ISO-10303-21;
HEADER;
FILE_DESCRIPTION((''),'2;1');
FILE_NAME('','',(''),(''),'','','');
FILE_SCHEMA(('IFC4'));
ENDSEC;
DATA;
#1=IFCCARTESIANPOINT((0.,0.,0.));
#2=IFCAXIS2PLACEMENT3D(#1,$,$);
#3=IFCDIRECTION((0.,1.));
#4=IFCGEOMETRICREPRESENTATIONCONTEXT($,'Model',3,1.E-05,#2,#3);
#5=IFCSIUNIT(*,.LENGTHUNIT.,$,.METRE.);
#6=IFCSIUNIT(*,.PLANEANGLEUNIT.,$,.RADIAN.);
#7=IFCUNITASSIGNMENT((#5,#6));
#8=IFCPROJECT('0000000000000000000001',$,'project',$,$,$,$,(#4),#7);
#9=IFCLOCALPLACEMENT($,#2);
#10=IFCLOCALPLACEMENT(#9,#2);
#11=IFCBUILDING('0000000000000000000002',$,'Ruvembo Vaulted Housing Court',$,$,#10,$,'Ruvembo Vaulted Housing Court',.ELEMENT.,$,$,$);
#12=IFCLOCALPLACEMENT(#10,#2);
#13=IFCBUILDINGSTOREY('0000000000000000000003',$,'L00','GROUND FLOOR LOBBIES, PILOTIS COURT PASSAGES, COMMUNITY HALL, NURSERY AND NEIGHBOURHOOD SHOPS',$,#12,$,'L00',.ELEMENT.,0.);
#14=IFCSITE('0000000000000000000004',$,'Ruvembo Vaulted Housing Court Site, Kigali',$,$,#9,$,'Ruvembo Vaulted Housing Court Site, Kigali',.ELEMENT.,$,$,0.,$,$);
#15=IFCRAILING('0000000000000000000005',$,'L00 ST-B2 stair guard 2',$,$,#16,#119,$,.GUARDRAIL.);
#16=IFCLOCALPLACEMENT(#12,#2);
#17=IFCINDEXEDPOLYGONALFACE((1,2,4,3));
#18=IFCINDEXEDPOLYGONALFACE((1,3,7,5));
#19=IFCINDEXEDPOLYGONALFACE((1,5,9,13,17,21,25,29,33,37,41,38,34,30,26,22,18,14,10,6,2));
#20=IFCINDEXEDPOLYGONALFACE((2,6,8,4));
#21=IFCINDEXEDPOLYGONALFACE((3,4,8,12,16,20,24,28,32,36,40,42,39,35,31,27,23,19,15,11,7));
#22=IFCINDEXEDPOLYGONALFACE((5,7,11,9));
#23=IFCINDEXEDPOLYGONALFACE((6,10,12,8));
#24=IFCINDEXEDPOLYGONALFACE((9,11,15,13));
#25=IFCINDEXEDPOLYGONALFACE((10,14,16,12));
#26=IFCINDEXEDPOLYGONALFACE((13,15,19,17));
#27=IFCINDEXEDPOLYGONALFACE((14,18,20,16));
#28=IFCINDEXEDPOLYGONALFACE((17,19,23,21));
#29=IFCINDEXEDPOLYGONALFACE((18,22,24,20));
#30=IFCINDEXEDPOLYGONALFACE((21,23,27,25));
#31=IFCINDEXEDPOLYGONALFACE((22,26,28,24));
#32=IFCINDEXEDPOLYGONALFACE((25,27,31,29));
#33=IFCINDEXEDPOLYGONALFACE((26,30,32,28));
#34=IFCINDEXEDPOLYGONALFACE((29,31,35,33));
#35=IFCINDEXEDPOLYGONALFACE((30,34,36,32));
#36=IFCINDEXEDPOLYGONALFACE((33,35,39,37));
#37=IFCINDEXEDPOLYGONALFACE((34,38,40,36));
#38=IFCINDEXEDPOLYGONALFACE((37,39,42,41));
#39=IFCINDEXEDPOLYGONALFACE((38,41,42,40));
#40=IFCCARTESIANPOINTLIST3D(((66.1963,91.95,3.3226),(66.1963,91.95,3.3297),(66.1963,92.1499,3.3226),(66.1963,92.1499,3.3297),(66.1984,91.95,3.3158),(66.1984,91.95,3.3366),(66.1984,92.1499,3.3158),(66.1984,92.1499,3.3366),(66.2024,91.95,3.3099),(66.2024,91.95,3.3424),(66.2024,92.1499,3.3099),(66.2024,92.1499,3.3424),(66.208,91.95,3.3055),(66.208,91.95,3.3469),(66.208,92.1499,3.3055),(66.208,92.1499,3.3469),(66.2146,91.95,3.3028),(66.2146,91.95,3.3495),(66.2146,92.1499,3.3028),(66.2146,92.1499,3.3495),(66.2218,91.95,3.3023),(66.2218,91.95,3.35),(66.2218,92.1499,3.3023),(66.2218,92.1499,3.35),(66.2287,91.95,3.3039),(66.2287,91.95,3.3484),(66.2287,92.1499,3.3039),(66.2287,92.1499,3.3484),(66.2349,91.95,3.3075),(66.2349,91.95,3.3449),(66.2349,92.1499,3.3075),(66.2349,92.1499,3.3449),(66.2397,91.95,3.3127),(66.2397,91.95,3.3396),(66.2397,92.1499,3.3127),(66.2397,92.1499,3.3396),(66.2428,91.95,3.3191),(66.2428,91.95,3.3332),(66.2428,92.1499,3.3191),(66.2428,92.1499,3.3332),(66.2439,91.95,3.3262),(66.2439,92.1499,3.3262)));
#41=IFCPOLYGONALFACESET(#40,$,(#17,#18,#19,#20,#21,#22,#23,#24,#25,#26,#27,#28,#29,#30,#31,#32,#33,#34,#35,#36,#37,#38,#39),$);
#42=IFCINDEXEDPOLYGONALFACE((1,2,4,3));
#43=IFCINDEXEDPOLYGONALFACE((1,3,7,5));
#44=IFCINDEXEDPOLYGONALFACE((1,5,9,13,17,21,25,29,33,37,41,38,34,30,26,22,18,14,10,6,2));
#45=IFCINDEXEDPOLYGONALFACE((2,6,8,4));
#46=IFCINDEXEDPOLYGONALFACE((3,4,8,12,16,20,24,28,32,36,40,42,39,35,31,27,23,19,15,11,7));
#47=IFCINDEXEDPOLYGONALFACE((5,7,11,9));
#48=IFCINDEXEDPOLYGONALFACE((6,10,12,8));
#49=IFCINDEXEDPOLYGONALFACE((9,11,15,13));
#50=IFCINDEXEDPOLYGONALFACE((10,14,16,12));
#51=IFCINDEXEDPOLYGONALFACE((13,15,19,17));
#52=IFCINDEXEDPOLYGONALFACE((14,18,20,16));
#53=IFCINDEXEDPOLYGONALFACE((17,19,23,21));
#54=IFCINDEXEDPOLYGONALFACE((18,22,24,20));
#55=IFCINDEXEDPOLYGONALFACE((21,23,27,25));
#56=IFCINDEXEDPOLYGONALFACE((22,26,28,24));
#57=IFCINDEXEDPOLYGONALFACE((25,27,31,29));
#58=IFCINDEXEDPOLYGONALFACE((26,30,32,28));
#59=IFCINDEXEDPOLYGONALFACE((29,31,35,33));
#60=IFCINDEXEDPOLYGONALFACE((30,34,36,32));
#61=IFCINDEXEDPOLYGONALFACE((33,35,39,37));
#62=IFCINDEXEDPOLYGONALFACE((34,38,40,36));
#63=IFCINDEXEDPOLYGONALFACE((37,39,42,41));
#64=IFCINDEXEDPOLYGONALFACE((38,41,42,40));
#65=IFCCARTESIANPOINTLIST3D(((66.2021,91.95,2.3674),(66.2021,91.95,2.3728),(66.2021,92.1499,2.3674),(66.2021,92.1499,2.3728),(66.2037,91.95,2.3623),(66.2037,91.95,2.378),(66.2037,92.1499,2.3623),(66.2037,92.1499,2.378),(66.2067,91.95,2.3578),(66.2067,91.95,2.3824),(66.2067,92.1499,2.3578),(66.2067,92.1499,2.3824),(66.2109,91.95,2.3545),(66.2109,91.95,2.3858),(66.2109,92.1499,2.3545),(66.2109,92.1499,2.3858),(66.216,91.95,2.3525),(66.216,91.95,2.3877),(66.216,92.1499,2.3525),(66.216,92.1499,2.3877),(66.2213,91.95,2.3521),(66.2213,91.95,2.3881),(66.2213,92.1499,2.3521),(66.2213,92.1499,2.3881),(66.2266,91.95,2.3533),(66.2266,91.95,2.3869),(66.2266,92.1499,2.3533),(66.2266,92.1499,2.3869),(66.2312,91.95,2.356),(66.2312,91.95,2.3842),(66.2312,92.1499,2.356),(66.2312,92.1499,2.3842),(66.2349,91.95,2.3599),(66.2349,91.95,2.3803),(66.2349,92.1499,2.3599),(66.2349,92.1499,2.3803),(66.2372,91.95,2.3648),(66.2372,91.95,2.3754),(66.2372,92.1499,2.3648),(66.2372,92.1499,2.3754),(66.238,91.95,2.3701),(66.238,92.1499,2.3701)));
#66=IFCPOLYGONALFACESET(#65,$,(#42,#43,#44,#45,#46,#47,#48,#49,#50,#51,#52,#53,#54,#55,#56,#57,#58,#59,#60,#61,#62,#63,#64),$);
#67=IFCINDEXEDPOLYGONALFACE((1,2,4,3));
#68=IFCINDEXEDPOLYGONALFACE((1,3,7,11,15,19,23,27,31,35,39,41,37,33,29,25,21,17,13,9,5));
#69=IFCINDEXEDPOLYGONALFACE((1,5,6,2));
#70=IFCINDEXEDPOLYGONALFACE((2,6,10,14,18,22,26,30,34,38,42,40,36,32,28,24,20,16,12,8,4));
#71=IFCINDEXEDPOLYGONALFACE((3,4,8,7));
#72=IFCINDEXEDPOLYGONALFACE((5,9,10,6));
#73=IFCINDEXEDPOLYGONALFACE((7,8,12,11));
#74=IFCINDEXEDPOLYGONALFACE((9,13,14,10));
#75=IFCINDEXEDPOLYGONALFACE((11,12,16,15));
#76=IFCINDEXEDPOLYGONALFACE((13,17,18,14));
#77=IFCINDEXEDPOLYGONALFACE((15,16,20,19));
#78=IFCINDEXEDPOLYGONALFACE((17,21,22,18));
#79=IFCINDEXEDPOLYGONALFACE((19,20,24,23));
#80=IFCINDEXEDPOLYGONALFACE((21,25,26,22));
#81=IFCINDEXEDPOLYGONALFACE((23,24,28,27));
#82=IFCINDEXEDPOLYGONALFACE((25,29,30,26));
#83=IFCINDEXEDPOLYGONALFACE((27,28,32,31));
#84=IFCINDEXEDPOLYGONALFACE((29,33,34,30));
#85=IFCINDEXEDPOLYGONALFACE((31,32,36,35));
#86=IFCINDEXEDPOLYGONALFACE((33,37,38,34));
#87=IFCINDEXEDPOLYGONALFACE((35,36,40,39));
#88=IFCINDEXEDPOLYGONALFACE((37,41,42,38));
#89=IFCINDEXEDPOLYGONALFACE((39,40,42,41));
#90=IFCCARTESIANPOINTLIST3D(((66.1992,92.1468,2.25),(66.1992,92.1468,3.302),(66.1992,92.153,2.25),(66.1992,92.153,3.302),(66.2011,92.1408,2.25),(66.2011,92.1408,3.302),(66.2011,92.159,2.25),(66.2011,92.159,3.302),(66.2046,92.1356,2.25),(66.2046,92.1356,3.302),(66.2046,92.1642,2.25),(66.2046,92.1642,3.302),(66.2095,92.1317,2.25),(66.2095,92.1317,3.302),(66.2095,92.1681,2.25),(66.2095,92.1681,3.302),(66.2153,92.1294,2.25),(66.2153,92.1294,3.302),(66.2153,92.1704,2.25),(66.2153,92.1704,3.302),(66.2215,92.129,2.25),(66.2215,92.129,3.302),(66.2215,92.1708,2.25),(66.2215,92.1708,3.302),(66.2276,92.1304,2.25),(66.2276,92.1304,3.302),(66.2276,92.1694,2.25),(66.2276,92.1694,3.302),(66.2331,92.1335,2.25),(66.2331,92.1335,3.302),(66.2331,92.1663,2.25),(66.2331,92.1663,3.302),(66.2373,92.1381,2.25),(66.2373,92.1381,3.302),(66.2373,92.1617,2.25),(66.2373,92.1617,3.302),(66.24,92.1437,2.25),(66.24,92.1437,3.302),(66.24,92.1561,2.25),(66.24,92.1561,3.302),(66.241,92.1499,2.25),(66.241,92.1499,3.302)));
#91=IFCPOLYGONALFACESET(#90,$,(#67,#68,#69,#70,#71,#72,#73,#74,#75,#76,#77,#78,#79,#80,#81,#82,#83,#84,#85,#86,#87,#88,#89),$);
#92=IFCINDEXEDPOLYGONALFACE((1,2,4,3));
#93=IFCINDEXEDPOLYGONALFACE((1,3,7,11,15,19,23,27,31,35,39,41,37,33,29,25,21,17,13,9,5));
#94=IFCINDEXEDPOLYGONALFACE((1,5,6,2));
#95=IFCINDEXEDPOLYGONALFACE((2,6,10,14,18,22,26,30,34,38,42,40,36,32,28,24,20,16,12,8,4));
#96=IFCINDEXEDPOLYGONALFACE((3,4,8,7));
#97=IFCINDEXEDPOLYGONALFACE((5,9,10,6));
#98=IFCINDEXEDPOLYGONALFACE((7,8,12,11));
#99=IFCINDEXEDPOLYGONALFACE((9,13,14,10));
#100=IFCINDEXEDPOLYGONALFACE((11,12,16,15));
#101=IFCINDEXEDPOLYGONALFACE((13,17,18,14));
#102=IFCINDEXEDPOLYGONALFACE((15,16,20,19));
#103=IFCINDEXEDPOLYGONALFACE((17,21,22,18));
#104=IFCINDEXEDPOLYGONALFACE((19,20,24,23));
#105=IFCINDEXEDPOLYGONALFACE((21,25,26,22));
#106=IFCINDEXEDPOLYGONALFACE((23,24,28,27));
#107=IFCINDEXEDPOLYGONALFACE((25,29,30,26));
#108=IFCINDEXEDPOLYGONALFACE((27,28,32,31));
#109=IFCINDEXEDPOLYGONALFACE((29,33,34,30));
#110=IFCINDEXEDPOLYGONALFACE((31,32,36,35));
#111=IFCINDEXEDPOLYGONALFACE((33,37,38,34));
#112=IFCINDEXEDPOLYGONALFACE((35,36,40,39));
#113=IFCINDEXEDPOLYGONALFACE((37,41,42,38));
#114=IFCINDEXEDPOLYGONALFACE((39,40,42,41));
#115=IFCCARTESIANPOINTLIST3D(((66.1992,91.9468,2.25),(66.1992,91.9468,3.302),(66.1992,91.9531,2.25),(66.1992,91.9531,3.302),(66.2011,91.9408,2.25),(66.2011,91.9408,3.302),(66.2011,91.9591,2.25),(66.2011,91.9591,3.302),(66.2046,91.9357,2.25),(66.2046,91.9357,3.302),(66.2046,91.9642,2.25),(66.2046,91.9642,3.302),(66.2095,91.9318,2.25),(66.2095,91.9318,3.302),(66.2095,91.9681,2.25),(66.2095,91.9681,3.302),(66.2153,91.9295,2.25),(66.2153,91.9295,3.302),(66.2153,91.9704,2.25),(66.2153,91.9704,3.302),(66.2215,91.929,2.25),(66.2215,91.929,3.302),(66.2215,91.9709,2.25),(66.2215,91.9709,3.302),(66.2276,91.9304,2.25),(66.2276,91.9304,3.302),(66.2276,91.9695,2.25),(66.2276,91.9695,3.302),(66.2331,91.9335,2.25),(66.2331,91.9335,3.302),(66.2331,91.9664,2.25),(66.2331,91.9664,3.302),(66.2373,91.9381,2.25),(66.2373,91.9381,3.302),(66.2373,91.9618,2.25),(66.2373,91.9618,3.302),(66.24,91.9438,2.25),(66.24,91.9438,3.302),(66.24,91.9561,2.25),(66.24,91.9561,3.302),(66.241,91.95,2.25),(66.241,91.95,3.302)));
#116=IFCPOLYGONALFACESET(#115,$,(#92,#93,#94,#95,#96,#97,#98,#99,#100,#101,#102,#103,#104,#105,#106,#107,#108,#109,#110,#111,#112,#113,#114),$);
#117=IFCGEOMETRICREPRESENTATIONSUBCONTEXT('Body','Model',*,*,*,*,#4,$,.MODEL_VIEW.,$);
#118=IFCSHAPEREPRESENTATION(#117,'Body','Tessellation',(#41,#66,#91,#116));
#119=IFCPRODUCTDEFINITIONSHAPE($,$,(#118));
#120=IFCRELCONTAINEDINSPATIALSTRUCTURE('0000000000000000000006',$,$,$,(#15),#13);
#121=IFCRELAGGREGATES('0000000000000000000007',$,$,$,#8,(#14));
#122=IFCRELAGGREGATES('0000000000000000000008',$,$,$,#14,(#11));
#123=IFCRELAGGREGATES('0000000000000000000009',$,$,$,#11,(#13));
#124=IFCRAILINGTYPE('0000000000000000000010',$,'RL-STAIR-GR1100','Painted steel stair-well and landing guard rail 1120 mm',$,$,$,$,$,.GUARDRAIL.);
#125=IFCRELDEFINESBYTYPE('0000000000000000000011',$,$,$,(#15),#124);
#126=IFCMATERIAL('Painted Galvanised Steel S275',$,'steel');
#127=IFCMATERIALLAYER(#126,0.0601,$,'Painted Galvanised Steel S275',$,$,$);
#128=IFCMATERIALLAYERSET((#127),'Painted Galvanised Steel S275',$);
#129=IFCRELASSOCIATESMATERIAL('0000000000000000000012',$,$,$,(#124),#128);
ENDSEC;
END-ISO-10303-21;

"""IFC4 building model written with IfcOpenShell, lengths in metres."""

from ifc_helpers import new_model, si_unit, direction, frame, origin, origin_2d, place, context, subcontext, project, spatial, circle, extrude, material, layer, layer_set, type_object, element, save


model = new_model("IFC4")

# Units and contexts
model_context = context("Model", 3, precision=1e-05, world=origin(), true_north=direction((0.0, 1.0)))
body_context = subcontext(model_context, "Body", "Model", "MODEL_VIEW")
ifc_project = project(units=[si_unit("LENGTHUNIT", "METRE"), si_unit("PLANEANGLEUNIT", "RADIAN")], contexts=[model_context])

# Site, building, storey
site_placement = place(None, origin())
site = spatial("IfcSite", under=ifc_project, at=site_placement, Name="Ruvembo Vaulted Housing Court Site, Kigali", LongName="Ruvembo Vaulted Housing Court Site, Kigali", CompositionType="ELEMENT", RefElevation=0.0)
building_placement = place(site_placement, origin())
building = spatial("IfcBuilding", under=site, at=building_placement, Name="Ruvembo Vaulted Housing Court", LongName="Ruvembo Vaulted Housing Court", CompositionType="ELEMENT")
storey_placement = place(building_placement, origin())
storey = spatial("IfcBuildingStorey", under=building, at=storey_placement, Name="L00", Description="GROUND FLOOR LOBBIES, PILOTIS COURT PASSAGES, COMMUNITY HALL, NURSERY AND NEIGHBOURHOOD SHOPS", LongName="L00", CompositionType="ELEMENT", Elevation=0.0)

# Railing
ifc_material_1 = material(Name="Painted Galvanised Steel S275", Category="steel")
ifc_layer_1 = layer(ifc_material_1, 0.0601, Name="Painted Galvanised Steel S275")
ifc_layer_set_1 = layer_set([ifc_layer_1], Name="Painted Galvanised Steel S275")
railing_type_1 = type_object("IfcRailingType", Name="RL-STAIR-GR1100", Description="Painted steel stair-well and landing guard rail 1120 mm", PredefinedType="GUARDRAIL", material=ifc_layer_set_1)
railing_1_placement = place(storey_placement, frame((66.22, 92.1499, 2.25)))
element("IfcRailing", 1, at=railing_1_placement, inside=storey, type_object=railing_type_1, Name="L00 ST-B2 stair guard 2", PredefinedType="GUARDRAIL", context=body_context, shape_type="SweptSolid", body=[
    extrude(circle(Radius=0.0239, at=origin_2d()), frame((0.0, 0.0, 1.0762), z_axis=(0.0, -1.0, 0.0), x_axis=(1.0, 0.0, 0.0)), (0.0, 0.0, 1.0), 0.2),
    extrude(circle(Radius=0.0181, at=origin_2d()), frame((0.0, 0.0, 0.1201), z_axis=(0.0, -1.0, 0.0), x_axis=(1.0, 0.0, 0.0)), (0.0, 0.0, 1.0), 0.2),
    extrude(circle(Radius=0.021, at=origin_2d()), origin(), (0.0, 0.0, 1.0), 1.052),
    extrude(circle(Radius=0.021, at=origin_2d()), frame((0.0, -0.2, 0.0)), (0.0, 0.0, 1.0), 1.052),
])

save(model, "model.ifc")
